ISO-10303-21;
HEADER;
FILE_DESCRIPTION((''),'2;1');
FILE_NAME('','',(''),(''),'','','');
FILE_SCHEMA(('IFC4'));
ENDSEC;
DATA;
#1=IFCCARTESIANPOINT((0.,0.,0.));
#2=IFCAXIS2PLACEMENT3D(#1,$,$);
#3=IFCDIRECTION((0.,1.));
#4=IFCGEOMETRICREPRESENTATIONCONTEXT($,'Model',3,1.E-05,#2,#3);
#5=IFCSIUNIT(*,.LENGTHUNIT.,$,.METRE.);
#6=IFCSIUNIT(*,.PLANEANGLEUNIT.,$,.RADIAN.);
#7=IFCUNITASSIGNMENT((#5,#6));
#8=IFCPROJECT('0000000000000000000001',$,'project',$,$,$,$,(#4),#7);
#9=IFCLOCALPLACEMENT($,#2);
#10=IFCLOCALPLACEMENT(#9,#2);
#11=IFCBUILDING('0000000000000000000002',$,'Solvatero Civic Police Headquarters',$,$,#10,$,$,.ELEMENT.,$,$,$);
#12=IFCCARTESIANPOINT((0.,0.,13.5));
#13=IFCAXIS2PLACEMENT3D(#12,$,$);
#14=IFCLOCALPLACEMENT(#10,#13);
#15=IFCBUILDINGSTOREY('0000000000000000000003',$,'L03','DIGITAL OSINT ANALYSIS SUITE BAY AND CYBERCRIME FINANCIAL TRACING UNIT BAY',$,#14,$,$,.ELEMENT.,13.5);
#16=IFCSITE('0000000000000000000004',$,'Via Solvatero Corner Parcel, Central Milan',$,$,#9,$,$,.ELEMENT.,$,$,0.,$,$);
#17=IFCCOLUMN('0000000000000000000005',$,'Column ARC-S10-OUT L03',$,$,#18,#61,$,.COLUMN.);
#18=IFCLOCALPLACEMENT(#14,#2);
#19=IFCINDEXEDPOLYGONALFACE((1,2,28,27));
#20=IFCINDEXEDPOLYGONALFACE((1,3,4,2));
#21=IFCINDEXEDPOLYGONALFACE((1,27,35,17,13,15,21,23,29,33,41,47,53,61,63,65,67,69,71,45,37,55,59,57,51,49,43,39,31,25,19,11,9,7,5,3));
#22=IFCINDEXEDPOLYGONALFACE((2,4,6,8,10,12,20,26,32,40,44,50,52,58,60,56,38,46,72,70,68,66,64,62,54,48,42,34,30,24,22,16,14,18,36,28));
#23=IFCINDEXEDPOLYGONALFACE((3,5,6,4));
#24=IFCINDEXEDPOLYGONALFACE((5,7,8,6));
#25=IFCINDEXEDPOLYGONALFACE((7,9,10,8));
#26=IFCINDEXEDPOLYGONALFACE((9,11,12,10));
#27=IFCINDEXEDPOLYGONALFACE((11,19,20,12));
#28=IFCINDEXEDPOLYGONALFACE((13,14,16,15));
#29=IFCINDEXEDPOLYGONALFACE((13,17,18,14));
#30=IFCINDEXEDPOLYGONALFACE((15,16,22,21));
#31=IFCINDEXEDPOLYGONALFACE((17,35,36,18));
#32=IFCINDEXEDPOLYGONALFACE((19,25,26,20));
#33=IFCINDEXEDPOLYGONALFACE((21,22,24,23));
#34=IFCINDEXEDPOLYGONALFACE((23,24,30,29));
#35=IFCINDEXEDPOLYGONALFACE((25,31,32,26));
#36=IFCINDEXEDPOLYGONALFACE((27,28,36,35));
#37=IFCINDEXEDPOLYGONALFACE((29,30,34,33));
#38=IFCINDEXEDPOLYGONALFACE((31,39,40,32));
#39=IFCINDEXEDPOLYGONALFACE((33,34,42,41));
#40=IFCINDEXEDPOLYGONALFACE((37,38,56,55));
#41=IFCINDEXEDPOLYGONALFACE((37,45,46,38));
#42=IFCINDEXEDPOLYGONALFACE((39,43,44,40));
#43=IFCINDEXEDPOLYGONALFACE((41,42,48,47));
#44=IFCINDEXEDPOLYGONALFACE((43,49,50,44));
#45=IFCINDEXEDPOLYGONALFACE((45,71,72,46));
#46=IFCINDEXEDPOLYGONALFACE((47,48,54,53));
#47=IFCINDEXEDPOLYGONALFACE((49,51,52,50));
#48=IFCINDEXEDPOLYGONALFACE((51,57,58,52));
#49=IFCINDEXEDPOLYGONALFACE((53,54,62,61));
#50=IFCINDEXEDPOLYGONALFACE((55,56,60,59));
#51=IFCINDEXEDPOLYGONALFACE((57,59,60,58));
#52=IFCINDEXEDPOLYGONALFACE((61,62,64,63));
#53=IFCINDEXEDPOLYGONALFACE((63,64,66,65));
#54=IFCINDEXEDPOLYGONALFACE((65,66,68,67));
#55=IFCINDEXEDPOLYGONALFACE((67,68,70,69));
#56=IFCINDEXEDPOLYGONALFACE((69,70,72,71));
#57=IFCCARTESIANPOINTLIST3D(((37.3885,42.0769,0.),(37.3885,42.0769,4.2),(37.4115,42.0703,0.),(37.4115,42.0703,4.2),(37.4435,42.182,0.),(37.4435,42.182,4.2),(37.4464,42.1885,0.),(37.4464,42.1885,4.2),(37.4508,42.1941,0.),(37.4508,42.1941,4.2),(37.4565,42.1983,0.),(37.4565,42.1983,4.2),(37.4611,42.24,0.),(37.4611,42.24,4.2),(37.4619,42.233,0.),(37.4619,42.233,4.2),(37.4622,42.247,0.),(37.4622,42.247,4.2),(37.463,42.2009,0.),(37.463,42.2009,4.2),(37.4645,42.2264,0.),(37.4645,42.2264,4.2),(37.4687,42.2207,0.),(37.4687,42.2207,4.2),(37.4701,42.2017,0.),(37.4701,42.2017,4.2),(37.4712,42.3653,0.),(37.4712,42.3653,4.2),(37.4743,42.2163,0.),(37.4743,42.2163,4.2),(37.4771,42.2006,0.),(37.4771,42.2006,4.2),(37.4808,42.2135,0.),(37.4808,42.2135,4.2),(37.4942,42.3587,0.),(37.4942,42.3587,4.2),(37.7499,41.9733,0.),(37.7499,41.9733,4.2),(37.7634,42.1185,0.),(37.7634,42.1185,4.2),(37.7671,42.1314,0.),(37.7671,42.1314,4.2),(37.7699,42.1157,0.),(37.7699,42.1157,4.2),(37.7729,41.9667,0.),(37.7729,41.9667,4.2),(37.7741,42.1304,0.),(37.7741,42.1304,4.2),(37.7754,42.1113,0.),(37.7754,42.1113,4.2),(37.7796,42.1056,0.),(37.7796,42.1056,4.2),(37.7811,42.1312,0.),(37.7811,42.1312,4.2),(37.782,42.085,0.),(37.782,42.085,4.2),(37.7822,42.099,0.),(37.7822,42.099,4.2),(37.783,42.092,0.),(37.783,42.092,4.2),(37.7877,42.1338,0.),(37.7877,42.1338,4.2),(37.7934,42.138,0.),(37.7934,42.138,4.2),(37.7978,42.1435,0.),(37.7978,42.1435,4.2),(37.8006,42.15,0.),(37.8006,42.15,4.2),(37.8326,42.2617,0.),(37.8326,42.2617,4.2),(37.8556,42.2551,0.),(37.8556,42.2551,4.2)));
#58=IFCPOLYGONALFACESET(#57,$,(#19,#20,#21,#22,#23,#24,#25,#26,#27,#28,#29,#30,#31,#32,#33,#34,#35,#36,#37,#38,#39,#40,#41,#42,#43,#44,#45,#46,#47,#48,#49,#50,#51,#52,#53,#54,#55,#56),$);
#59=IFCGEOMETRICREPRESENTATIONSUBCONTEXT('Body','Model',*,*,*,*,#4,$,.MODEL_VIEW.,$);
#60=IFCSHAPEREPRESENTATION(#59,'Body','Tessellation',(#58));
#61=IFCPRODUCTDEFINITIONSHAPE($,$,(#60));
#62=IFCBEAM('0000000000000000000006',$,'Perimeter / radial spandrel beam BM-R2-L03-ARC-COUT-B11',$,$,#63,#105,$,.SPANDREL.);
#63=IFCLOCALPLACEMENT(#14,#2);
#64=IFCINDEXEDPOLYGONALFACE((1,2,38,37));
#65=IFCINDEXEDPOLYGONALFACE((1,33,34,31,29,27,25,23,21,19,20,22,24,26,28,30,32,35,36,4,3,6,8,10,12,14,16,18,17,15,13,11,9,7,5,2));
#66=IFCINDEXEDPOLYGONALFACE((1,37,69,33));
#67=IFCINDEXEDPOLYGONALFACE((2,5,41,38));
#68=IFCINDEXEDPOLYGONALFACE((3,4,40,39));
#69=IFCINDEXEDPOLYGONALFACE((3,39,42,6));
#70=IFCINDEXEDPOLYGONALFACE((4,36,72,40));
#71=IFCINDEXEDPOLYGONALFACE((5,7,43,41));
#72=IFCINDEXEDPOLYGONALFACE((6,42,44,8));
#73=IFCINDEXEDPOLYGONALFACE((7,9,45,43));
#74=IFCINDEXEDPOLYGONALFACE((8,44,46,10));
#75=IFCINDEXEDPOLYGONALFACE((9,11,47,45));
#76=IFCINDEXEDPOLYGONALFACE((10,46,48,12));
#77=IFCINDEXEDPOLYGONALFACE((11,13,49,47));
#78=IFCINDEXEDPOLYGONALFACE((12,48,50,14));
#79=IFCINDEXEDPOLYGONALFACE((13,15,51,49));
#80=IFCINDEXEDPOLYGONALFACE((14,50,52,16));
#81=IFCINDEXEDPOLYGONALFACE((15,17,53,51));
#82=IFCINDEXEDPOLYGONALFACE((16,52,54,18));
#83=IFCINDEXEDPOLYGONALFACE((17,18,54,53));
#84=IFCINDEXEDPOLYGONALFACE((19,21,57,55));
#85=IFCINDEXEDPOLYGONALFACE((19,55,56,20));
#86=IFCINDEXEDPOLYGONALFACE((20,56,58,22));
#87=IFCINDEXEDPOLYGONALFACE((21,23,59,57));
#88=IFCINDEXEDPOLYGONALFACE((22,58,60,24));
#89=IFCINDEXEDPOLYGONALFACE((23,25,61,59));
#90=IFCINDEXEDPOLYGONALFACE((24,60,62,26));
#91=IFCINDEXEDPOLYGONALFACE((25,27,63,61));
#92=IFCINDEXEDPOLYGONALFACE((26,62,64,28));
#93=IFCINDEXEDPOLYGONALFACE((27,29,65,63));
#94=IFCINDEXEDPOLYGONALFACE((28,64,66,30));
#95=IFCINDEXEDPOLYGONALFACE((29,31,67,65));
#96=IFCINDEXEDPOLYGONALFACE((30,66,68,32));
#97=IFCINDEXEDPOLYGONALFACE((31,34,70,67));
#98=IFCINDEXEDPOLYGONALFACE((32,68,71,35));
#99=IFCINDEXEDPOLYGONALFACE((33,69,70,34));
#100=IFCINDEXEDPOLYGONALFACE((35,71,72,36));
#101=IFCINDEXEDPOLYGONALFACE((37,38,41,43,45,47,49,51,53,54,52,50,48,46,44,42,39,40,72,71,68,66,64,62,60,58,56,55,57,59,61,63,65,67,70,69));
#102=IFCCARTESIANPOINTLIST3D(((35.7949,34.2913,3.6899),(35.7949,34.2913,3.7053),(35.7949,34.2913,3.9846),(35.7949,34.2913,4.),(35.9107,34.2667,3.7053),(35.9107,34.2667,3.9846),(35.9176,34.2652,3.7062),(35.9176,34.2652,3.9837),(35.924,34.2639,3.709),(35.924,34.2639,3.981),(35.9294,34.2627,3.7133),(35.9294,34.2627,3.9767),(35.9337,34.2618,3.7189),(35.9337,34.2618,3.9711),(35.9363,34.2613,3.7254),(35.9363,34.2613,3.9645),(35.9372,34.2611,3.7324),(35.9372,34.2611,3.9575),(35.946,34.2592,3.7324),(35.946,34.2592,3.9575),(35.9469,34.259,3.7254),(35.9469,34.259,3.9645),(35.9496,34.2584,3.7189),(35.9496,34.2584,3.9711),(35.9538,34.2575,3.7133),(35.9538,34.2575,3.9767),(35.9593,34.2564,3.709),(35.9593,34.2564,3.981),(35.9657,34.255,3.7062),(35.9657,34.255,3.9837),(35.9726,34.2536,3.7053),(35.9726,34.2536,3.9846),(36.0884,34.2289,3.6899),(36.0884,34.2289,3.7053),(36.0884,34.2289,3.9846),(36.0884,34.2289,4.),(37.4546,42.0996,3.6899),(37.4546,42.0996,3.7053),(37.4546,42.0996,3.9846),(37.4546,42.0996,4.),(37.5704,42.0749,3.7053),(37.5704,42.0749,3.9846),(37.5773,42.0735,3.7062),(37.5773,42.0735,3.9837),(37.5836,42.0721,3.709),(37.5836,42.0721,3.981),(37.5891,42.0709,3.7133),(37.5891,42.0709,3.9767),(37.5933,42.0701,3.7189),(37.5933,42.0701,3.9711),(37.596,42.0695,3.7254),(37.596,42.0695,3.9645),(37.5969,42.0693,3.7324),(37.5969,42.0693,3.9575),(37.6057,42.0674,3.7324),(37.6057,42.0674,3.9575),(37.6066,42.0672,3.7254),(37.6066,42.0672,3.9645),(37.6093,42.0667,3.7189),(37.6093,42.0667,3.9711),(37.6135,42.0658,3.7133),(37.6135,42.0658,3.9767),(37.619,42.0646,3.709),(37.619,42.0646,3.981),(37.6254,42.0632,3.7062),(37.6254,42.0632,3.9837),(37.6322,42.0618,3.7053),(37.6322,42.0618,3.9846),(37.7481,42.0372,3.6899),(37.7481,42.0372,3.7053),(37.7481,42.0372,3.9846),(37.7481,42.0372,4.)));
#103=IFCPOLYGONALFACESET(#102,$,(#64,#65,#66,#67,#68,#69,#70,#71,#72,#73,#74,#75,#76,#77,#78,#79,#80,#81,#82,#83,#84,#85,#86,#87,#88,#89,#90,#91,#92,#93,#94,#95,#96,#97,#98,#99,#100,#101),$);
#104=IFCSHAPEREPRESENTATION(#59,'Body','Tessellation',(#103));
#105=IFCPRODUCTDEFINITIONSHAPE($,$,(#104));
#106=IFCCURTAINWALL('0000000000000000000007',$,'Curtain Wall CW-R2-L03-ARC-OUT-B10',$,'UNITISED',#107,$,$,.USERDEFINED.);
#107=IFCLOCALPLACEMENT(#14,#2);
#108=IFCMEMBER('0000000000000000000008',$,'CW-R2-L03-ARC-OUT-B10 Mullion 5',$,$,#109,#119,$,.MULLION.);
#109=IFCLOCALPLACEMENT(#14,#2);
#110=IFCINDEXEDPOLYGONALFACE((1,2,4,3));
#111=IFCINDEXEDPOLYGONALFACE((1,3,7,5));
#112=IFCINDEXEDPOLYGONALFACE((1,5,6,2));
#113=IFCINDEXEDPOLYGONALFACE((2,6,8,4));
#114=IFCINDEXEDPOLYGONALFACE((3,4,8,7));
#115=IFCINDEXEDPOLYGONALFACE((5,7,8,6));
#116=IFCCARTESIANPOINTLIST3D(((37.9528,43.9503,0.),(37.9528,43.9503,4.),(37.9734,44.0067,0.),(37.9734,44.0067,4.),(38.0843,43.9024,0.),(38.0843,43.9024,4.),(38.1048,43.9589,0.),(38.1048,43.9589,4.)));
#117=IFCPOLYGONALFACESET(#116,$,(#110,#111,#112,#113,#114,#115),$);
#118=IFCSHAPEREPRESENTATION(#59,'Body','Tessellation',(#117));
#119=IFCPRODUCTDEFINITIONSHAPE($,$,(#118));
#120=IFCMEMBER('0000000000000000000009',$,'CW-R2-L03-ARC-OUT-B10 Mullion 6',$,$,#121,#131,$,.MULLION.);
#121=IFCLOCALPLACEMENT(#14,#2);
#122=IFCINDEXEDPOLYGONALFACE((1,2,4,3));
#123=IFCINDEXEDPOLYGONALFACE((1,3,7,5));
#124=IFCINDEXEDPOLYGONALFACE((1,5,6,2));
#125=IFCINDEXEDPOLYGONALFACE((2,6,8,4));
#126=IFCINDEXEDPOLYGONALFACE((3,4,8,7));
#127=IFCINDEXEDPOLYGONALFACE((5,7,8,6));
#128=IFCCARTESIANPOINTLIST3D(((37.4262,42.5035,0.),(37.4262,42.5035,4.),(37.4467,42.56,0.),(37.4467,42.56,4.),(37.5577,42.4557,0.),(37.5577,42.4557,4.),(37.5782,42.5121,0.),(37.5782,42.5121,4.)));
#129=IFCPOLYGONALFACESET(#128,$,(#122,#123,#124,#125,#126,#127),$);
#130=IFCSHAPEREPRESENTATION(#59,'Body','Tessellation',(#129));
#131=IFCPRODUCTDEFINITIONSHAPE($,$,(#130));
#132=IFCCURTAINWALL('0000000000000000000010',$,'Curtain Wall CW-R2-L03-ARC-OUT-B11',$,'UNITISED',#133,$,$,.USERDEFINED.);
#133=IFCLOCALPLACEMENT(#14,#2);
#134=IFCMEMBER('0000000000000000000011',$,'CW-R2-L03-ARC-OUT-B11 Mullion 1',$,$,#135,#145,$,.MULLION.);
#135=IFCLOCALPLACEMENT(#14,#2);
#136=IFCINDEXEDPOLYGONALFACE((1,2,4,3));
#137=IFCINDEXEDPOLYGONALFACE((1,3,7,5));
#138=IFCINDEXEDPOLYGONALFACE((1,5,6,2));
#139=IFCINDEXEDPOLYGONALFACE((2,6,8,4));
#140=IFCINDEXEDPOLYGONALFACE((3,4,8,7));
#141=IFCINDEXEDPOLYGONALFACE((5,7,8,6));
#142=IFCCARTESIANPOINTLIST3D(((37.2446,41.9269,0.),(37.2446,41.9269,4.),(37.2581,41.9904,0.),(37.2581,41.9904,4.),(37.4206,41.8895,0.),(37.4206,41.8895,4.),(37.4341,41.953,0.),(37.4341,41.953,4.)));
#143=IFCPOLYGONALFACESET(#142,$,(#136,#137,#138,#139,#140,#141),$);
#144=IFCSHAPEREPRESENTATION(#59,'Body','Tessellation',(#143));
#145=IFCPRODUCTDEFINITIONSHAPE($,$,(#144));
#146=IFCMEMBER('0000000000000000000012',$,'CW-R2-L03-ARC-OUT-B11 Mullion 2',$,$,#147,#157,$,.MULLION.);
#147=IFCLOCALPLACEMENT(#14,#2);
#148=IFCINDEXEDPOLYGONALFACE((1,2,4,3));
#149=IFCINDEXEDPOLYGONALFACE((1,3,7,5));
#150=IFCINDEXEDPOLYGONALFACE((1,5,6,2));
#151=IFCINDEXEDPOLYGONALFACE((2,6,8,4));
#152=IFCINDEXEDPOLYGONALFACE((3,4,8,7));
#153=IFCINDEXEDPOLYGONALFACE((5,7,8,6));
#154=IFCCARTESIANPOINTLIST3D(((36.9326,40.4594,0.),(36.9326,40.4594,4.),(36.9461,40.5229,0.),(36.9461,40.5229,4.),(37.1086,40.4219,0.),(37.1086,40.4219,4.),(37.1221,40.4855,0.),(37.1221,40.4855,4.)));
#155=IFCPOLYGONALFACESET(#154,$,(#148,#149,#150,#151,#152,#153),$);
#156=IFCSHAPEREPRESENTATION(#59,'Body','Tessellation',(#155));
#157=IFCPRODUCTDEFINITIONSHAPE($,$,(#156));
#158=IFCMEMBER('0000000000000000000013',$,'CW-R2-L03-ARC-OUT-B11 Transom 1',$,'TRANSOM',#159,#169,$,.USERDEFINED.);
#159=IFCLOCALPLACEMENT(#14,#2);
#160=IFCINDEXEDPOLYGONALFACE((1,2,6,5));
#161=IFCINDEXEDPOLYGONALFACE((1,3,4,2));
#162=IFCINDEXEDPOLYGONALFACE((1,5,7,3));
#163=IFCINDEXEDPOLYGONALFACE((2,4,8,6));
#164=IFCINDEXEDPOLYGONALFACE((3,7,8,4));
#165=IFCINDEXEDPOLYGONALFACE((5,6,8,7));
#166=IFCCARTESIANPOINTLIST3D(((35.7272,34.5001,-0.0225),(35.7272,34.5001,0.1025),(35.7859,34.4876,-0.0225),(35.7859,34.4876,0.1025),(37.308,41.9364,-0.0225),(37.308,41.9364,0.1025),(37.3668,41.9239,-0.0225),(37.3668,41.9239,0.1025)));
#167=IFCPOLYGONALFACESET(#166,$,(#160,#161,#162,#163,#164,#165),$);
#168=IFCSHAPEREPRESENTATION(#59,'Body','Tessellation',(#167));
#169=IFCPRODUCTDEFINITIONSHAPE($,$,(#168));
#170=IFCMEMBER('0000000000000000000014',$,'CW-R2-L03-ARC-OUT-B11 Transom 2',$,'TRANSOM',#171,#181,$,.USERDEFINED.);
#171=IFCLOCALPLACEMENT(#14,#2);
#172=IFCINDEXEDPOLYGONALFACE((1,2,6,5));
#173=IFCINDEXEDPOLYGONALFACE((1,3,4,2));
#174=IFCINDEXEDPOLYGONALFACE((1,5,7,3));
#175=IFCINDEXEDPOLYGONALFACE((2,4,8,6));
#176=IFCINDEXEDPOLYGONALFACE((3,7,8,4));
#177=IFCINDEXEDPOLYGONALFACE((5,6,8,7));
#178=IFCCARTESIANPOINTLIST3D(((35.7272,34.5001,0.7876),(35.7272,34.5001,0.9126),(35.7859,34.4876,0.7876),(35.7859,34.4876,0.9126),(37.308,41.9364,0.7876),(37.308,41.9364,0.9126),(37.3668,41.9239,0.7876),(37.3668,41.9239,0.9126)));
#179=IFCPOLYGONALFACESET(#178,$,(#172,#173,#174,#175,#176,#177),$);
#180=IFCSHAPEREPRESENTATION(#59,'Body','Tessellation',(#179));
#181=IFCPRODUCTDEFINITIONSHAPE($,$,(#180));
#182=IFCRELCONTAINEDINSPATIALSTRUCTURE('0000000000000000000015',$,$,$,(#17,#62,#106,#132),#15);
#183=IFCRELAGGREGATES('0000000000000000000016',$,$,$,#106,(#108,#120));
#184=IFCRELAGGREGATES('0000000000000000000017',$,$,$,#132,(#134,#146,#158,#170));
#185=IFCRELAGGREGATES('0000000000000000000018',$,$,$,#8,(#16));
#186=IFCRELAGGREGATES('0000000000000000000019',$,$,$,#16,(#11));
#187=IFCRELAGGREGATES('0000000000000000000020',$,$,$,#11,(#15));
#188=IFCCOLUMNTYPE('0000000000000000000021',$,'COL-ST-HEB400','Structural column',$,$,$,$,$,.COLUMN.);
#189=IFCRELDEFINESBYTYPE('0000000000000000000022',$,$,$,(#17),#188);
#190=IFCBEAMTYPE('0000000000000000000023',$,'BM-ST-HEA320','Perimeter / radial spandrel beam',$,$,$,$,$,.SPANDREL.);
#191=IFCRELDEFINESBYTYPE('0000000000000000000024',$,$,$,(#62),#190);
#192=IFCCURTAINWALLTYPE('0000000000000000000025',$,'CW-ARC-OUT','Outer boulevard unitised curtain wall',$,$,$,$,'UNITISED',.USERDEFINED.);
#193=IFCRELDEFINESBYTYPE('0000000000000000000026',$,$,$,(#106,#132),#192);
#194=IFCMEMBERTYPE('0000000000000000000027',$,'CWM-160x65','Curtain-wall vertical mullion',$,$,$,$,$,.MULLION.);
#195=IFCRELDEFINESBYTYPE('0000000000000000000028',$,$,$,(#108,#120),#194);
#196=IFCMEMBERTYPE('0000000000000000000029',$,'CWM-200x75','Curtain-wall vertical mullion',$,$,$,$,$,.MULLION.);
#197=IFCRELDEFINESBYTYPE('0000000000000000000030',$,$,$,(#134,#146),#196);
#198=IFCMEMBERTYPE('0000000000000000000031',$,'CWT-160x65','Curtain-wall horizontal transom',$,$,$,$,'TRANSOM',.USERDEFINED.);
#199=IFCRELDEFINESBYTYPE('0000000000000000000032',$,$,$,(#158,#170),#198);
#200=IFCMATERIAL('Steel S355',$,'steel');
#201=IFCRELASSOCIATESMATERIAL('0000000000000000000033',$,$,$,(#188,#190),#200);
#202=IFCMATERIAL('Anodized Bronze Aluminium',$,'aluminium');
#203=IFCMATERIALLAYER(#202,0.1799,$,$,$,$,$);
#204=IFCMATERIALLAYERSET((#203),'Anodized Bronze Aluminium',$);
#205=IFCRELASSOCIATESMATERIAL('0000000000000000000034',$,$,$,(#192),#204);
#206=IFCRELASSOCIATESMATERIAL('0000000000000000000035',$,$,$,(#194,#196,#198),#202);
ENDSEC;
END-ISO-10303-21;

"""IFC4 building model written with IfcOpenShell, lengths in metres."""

from ifc_helpers import new_model, si_unit, direction, frame, origin, origin_2d, place, context, subcontext, project, spatial, rectangle, i_section, extrude, material, layer, layer_set, material_profile, profile_set, type_object, element, aggregate, save


model = new_model("IFC4")

# Units and contexts
model_context = context("Model", 3, precision=1e-05, world=origin(), true_north=direction((0.0, 1.0)))
body_context = subcontext(model_context, "Body", "Model", "MODEL_VIEW")
ifc_project = project(units=[si_unit("LENGTHUNIT", "METRE"), si_unit("PLANEANGLEUNIT", "RADIAN")], contexts=[model_context])

# Site, building, storey
site_placement = place(None, origin())
site = spatial("IfcSite", under=ifc_project, at=site_placement, Name="Via Solvatero Corner Parcel, Central Milan", CompositionType="ELEMENT", RefElevation=0.0)
building_placement = place(site_placement, origin())
building = spatial("IfcBuilding", under=site, at=building_placement, Name="Solvatero Civic Police Headquarters", CompositionType="ELEMENT")
storey_placement = place(building_placement, frame((0.0, 0.0, 13.5)))
storey = spatial("IfcBuildingStorey", under=building, at=storey_placement, Name="L03", Description="DIGITAL OSINT ANALYSIS SUITE BAY AND CYBERCRIME FINANCIAL TRACING UNIT BAY", CompositionType="ELEMENT", Elevation=13.5)

# Column
ifc_material_1 = material(Name="Steel S355", Category="steel")
ifc_material_profile_1 = material_profile(ifc_material_1, i_section(OverallWidth=0.3, OverallDepth=0.3999, WebThickness=0.0134, FlangeThickness=0.0239, FilletRadius=0.0271, at=origin_2d()), Name="HEB 400")
ifc_profile_set_1 = profile_set([ifc_material_profile_1], Name="Steel S355")
column_type = type_object("IfcColumnType", Name="COL-ST-HEB400", Description="Structural column", PredefinedType="COLUMN", material=ifc_profile_set_1)
column_placement = place(storey_placement, frame((37.6221, 42.166, 0.0), z_axis=(0.0, 0.0, 1.0), x_axis=(0.275637, 0.961262, 0.0)))
element("IfcColumn", 1, at=column_placement, inside=storey, type_object=column_type, Name="Column ARC-S10-OUT L03", PredefinedType="COLUMN", context=body_context, shape_type="SweptSolid", body=[
    extrude(i_section(OverallWidth=0.3, OverallDepth=0.3999, WebThickness=0.0134, FlangeThickness=0.0239, FilletRadius=0.0271, at=origin_2d()), origin(), (0.0, 0.0, 1.0), 4.2),
])

# Beam
ifc_material_profile_2 = material_profile(ifc_material_1, i_section(OverallWidth=0.3, OverallDepth=0.3101, WebThickness=0.009, FlangeThickness=0.0154, FilletRadius=0.0271, at=origin_2d()), Name="HEA 320")
ifc_profile_set_2 = profile_set([ifc_material_profile_2], Name="Steel S355")
beam_type = type_object("IfcBeamType", Name="BM-ST-HEA320", Description="Perimeter / radial spandrel beam", PredefinedType="SPANDREL", material=ifc_profile_set_2)
beam_placement = place(storey_placement, frame((37.6013, 42.0684, 3.845), z_axis=(-0.207912, -0.978148, 0.0), x_axis=(0.978148, -0.207912, 0.0)))
element("IfcBeam", 2, at=beam_placement, inside=storey, type_object=beam_type, Name="Perimeter / radial spandrel beam BM-R2-L03-ARC-COUT-B11", PredefinedType="SPANDREL", context=body_context, shape_type="SweptSolid", body=[
    extrude(i_section(OverallWidth=0.3, OverallDepth=0.3101, WebThickness=0.009, FlangeThickness=0.0154, FilletRadius=0.0271, at=origin_2d()), origin(), (0.0, 0.0, 1.0), 7.9827),
])

# Curtain walls, members
ifc_material_2 = material(Name="Anodized Bronze Aluminium", Category="aluminium")
ifc_layer_1 = layer(ifc_material_2, 0.1799)
ifc_layer_set_1 = layer_set([ifc_layer_1], Name="Anodized Bronze Aluminium")
curtain_wall_type = type_object("IfcCurtainWallType", Name="CW-ARC-OUT", Description="Outer boulevard unitised curtain wall", ElementType="UNITISED", PredefinedType="USERDEFINED", material=ifc_layer_set_1)
curtain_wall_1_placement = place(storey_placement, origin())
curtain_wall_1 = element("IfcCurtainWall", 3, at=curtain_wall_1_placement, inside=storey, type_object=curtain_wall_type, Name="Curtain Wall CW-R2-L03-ARC-OUT-B10", ObjectType="UNITISED", PredefinedType="USERDEFINED")
ifc_material_profile_3 = material_profile(ifc_material_2, rectangle(XDim=0.0601, YDim=0.1399, at=origin_2d()), Name="ALU MULLION 60x140")
ifc_profile_set_3 = profile_set([ifc_material_profile_3], Name="Anodized Bronze Aluminium")
member_type_1 = type_object("IfcMemberType", Name="CWM-160x65", Description="Curtain-wall vertical mullion", PredefinedType="MULLION", material=ifc_profile_set_3)
member_1_placement = place(storey_placement, frame((38.0288, 43.9546, 0.0), z_axis=(0.0, 0.0, 1.0), x_axis=(-0.34202, -0.939693, 0.0)))
member_1 = element("IfcMember", 4, at=member_1_placement, type_object=member_type_1, Name="CW-R2-L03-ARC-OUT-B10 Mullion 5", PredefinedType="MULLION", context=body_context, shape_type="SweptSolid", body=[
    extrude(rectangle(XDim=0.0601, YDim=0.1399, at=origin_2d()), origin(), (0.0, 0.0, 1.0), 4.0),
])
member_2_placement = place(storey_placement, frame((37.5022, 42.5078, 0.0), z_axis=(0.0, 0.0, 1.0), x_axis=(-0.34202, -0.939693, 0.0)))
member_2 = element("IfcMember", 5, at=member_2_placement, type_object=member_type_1, Name="CW-R2-L03-ARC-OUT-B10 Mullion 6", PredefinedType="MULLION", context=body_context, shape_type="SweptSolid", body=[
    extrude(rectangle(XDim=0.0601, YDim=0.1399, at=origin_2d()), origin(), (0.0, 0.0, 1.0), 4.0),
])
curtain_wall_2_placement = place(storey_placement, origin())
curtain_wall_2 = element("IfcCurtainWall", 6, at=curtain_wall_2_placement, inside=storey, type_object=curtain_wall_type, Name="Curtain Wall CW-R2-L03-ARC-OUT-B11", ObjectType="UNITISED", PredefinedType="USERDEFINED")
ifc_material_profile_4 = material_profile(ifc_material_2, rectangle(XDim=0.0649, YDim=0.1799, at=origin_2d()), Name="ALU MULLION 65x180")
ifc_profile_set_4 = profile_set([ifc_material_profile_4], Name="Anodized Bronze Aluminium")
member_type_2 = type_object("IfcMemberType", Name="CWM-200x75", Description="Curtain-wall vertical mullion", PredefinedType="MULLION", material=ifc_profile_set_4)
member_3_placement = place(storey_placement, frame((37.3394, 41.9399, 0.0), z_axis=(0.0, 0.0, 1.0), x_axis=(-0.207929, -0.978144, 0.0)))
member_3 = element("IfcMember", 7, at=member_3_placement, type_object=member_type_2, Name="CW-R2-L03-ARC-OUT-B11 Mullion 1", PredefinedType="MULLION", context=body_context, shape_type="SweptSolid", body=[
    extrude(rectangle(XDim=0.0649, YDim=0.1799, at=origin_2d()), origin(), (0.0, 0.0, 1.0), 4.0),
])
member_4_placement = place(storey_placement, frame((37.0273, 40.4724, 0.0), z_axis=(0.0, 0.0, 1.0), x_axis=(-0.207929, -0.978144, 0.0)))
member_4 = element("IfcMember", 8, at=member_4_placement, type_object=member_type_2, Name="CW-R2-L03-ARC-OUT-B11 Mullion 2", PredefinedType="MULLION", context=body_context, shape_type="SweptSolid", body=[
    extrude(rectangle(XDim=0.0649, YDim=0.1799, at=origin_2d()), origin(), (0.0, 0.0, 1.0), 4.0),
])
ifc_material_profile_5 = material_profile(ifc_material_2, rectangle(XDim=0.0601, YDim=0.125, at=origin_2d()), Name="ALU TRANSOM 60x125")
ifc_profile_set_5 = profile_set([ifc_material_profile_5], Name="Anodized Bronze Aluminium")
member_type_3 = type_object("IfcMemberType", Name="CWT-160x65", Description="Curtain-wall horizontal transom", ElementType="TRANSOM", PredefinedType="USERDEFINED", material=ifc_profile_set_5)
member_5_placement = place(storey_placement, frame((37.3374, 41.9302, 0.04), z_axis=(-0.207934, -0.978143, 0.0), x_axis=(0.978143, -0.207934, 0.0)))
member_5 = element("IfcMember", 9, at=member_5_placement, type_object=member_type_3, Name="CW-R2-L03-ARC-OUT-B11 Transom 1", ObjectType="TRANSOM", PredefinedType="USERDEFINED", context=body_context, shape_type="SweptSolid", body=[
    extrude(rectangle(XDim=0.0601, YDim=0.125, at=origin_2d()), origin(), (0.0, 0.0, 1.0), 7.6025),
])
member_6_placement = place(storey_placement, frame((37.3374, 41.9302, 0.8501), z_axis=(-0.207934, -0.978143, 0.0), x_axis=(0.978143, -0.207934, 0.0)))
member_6 = element("IfcMember", 10, at=member_6_placement, type_object=member_type_3, Name="CW-R2-L03-ARC-OUT-B11 Transom 2", ObjectType="TRANSOM", PredefinedType="USERDEFINED", context=body_context, shape_type="SweptSolid", body=[
    extrude(rectangle(XDim=0.0601, YDim=0.125, at=origin_2d()), origin(), (0.0, 0.0, 1.0), 7.6025),
])

aggregate(curtain_wall_1, [member_1, member_2])
aggregate(curtain_wall_2, [member_3, member_4, member_5, member_6])

save(model, "model.ifc")
